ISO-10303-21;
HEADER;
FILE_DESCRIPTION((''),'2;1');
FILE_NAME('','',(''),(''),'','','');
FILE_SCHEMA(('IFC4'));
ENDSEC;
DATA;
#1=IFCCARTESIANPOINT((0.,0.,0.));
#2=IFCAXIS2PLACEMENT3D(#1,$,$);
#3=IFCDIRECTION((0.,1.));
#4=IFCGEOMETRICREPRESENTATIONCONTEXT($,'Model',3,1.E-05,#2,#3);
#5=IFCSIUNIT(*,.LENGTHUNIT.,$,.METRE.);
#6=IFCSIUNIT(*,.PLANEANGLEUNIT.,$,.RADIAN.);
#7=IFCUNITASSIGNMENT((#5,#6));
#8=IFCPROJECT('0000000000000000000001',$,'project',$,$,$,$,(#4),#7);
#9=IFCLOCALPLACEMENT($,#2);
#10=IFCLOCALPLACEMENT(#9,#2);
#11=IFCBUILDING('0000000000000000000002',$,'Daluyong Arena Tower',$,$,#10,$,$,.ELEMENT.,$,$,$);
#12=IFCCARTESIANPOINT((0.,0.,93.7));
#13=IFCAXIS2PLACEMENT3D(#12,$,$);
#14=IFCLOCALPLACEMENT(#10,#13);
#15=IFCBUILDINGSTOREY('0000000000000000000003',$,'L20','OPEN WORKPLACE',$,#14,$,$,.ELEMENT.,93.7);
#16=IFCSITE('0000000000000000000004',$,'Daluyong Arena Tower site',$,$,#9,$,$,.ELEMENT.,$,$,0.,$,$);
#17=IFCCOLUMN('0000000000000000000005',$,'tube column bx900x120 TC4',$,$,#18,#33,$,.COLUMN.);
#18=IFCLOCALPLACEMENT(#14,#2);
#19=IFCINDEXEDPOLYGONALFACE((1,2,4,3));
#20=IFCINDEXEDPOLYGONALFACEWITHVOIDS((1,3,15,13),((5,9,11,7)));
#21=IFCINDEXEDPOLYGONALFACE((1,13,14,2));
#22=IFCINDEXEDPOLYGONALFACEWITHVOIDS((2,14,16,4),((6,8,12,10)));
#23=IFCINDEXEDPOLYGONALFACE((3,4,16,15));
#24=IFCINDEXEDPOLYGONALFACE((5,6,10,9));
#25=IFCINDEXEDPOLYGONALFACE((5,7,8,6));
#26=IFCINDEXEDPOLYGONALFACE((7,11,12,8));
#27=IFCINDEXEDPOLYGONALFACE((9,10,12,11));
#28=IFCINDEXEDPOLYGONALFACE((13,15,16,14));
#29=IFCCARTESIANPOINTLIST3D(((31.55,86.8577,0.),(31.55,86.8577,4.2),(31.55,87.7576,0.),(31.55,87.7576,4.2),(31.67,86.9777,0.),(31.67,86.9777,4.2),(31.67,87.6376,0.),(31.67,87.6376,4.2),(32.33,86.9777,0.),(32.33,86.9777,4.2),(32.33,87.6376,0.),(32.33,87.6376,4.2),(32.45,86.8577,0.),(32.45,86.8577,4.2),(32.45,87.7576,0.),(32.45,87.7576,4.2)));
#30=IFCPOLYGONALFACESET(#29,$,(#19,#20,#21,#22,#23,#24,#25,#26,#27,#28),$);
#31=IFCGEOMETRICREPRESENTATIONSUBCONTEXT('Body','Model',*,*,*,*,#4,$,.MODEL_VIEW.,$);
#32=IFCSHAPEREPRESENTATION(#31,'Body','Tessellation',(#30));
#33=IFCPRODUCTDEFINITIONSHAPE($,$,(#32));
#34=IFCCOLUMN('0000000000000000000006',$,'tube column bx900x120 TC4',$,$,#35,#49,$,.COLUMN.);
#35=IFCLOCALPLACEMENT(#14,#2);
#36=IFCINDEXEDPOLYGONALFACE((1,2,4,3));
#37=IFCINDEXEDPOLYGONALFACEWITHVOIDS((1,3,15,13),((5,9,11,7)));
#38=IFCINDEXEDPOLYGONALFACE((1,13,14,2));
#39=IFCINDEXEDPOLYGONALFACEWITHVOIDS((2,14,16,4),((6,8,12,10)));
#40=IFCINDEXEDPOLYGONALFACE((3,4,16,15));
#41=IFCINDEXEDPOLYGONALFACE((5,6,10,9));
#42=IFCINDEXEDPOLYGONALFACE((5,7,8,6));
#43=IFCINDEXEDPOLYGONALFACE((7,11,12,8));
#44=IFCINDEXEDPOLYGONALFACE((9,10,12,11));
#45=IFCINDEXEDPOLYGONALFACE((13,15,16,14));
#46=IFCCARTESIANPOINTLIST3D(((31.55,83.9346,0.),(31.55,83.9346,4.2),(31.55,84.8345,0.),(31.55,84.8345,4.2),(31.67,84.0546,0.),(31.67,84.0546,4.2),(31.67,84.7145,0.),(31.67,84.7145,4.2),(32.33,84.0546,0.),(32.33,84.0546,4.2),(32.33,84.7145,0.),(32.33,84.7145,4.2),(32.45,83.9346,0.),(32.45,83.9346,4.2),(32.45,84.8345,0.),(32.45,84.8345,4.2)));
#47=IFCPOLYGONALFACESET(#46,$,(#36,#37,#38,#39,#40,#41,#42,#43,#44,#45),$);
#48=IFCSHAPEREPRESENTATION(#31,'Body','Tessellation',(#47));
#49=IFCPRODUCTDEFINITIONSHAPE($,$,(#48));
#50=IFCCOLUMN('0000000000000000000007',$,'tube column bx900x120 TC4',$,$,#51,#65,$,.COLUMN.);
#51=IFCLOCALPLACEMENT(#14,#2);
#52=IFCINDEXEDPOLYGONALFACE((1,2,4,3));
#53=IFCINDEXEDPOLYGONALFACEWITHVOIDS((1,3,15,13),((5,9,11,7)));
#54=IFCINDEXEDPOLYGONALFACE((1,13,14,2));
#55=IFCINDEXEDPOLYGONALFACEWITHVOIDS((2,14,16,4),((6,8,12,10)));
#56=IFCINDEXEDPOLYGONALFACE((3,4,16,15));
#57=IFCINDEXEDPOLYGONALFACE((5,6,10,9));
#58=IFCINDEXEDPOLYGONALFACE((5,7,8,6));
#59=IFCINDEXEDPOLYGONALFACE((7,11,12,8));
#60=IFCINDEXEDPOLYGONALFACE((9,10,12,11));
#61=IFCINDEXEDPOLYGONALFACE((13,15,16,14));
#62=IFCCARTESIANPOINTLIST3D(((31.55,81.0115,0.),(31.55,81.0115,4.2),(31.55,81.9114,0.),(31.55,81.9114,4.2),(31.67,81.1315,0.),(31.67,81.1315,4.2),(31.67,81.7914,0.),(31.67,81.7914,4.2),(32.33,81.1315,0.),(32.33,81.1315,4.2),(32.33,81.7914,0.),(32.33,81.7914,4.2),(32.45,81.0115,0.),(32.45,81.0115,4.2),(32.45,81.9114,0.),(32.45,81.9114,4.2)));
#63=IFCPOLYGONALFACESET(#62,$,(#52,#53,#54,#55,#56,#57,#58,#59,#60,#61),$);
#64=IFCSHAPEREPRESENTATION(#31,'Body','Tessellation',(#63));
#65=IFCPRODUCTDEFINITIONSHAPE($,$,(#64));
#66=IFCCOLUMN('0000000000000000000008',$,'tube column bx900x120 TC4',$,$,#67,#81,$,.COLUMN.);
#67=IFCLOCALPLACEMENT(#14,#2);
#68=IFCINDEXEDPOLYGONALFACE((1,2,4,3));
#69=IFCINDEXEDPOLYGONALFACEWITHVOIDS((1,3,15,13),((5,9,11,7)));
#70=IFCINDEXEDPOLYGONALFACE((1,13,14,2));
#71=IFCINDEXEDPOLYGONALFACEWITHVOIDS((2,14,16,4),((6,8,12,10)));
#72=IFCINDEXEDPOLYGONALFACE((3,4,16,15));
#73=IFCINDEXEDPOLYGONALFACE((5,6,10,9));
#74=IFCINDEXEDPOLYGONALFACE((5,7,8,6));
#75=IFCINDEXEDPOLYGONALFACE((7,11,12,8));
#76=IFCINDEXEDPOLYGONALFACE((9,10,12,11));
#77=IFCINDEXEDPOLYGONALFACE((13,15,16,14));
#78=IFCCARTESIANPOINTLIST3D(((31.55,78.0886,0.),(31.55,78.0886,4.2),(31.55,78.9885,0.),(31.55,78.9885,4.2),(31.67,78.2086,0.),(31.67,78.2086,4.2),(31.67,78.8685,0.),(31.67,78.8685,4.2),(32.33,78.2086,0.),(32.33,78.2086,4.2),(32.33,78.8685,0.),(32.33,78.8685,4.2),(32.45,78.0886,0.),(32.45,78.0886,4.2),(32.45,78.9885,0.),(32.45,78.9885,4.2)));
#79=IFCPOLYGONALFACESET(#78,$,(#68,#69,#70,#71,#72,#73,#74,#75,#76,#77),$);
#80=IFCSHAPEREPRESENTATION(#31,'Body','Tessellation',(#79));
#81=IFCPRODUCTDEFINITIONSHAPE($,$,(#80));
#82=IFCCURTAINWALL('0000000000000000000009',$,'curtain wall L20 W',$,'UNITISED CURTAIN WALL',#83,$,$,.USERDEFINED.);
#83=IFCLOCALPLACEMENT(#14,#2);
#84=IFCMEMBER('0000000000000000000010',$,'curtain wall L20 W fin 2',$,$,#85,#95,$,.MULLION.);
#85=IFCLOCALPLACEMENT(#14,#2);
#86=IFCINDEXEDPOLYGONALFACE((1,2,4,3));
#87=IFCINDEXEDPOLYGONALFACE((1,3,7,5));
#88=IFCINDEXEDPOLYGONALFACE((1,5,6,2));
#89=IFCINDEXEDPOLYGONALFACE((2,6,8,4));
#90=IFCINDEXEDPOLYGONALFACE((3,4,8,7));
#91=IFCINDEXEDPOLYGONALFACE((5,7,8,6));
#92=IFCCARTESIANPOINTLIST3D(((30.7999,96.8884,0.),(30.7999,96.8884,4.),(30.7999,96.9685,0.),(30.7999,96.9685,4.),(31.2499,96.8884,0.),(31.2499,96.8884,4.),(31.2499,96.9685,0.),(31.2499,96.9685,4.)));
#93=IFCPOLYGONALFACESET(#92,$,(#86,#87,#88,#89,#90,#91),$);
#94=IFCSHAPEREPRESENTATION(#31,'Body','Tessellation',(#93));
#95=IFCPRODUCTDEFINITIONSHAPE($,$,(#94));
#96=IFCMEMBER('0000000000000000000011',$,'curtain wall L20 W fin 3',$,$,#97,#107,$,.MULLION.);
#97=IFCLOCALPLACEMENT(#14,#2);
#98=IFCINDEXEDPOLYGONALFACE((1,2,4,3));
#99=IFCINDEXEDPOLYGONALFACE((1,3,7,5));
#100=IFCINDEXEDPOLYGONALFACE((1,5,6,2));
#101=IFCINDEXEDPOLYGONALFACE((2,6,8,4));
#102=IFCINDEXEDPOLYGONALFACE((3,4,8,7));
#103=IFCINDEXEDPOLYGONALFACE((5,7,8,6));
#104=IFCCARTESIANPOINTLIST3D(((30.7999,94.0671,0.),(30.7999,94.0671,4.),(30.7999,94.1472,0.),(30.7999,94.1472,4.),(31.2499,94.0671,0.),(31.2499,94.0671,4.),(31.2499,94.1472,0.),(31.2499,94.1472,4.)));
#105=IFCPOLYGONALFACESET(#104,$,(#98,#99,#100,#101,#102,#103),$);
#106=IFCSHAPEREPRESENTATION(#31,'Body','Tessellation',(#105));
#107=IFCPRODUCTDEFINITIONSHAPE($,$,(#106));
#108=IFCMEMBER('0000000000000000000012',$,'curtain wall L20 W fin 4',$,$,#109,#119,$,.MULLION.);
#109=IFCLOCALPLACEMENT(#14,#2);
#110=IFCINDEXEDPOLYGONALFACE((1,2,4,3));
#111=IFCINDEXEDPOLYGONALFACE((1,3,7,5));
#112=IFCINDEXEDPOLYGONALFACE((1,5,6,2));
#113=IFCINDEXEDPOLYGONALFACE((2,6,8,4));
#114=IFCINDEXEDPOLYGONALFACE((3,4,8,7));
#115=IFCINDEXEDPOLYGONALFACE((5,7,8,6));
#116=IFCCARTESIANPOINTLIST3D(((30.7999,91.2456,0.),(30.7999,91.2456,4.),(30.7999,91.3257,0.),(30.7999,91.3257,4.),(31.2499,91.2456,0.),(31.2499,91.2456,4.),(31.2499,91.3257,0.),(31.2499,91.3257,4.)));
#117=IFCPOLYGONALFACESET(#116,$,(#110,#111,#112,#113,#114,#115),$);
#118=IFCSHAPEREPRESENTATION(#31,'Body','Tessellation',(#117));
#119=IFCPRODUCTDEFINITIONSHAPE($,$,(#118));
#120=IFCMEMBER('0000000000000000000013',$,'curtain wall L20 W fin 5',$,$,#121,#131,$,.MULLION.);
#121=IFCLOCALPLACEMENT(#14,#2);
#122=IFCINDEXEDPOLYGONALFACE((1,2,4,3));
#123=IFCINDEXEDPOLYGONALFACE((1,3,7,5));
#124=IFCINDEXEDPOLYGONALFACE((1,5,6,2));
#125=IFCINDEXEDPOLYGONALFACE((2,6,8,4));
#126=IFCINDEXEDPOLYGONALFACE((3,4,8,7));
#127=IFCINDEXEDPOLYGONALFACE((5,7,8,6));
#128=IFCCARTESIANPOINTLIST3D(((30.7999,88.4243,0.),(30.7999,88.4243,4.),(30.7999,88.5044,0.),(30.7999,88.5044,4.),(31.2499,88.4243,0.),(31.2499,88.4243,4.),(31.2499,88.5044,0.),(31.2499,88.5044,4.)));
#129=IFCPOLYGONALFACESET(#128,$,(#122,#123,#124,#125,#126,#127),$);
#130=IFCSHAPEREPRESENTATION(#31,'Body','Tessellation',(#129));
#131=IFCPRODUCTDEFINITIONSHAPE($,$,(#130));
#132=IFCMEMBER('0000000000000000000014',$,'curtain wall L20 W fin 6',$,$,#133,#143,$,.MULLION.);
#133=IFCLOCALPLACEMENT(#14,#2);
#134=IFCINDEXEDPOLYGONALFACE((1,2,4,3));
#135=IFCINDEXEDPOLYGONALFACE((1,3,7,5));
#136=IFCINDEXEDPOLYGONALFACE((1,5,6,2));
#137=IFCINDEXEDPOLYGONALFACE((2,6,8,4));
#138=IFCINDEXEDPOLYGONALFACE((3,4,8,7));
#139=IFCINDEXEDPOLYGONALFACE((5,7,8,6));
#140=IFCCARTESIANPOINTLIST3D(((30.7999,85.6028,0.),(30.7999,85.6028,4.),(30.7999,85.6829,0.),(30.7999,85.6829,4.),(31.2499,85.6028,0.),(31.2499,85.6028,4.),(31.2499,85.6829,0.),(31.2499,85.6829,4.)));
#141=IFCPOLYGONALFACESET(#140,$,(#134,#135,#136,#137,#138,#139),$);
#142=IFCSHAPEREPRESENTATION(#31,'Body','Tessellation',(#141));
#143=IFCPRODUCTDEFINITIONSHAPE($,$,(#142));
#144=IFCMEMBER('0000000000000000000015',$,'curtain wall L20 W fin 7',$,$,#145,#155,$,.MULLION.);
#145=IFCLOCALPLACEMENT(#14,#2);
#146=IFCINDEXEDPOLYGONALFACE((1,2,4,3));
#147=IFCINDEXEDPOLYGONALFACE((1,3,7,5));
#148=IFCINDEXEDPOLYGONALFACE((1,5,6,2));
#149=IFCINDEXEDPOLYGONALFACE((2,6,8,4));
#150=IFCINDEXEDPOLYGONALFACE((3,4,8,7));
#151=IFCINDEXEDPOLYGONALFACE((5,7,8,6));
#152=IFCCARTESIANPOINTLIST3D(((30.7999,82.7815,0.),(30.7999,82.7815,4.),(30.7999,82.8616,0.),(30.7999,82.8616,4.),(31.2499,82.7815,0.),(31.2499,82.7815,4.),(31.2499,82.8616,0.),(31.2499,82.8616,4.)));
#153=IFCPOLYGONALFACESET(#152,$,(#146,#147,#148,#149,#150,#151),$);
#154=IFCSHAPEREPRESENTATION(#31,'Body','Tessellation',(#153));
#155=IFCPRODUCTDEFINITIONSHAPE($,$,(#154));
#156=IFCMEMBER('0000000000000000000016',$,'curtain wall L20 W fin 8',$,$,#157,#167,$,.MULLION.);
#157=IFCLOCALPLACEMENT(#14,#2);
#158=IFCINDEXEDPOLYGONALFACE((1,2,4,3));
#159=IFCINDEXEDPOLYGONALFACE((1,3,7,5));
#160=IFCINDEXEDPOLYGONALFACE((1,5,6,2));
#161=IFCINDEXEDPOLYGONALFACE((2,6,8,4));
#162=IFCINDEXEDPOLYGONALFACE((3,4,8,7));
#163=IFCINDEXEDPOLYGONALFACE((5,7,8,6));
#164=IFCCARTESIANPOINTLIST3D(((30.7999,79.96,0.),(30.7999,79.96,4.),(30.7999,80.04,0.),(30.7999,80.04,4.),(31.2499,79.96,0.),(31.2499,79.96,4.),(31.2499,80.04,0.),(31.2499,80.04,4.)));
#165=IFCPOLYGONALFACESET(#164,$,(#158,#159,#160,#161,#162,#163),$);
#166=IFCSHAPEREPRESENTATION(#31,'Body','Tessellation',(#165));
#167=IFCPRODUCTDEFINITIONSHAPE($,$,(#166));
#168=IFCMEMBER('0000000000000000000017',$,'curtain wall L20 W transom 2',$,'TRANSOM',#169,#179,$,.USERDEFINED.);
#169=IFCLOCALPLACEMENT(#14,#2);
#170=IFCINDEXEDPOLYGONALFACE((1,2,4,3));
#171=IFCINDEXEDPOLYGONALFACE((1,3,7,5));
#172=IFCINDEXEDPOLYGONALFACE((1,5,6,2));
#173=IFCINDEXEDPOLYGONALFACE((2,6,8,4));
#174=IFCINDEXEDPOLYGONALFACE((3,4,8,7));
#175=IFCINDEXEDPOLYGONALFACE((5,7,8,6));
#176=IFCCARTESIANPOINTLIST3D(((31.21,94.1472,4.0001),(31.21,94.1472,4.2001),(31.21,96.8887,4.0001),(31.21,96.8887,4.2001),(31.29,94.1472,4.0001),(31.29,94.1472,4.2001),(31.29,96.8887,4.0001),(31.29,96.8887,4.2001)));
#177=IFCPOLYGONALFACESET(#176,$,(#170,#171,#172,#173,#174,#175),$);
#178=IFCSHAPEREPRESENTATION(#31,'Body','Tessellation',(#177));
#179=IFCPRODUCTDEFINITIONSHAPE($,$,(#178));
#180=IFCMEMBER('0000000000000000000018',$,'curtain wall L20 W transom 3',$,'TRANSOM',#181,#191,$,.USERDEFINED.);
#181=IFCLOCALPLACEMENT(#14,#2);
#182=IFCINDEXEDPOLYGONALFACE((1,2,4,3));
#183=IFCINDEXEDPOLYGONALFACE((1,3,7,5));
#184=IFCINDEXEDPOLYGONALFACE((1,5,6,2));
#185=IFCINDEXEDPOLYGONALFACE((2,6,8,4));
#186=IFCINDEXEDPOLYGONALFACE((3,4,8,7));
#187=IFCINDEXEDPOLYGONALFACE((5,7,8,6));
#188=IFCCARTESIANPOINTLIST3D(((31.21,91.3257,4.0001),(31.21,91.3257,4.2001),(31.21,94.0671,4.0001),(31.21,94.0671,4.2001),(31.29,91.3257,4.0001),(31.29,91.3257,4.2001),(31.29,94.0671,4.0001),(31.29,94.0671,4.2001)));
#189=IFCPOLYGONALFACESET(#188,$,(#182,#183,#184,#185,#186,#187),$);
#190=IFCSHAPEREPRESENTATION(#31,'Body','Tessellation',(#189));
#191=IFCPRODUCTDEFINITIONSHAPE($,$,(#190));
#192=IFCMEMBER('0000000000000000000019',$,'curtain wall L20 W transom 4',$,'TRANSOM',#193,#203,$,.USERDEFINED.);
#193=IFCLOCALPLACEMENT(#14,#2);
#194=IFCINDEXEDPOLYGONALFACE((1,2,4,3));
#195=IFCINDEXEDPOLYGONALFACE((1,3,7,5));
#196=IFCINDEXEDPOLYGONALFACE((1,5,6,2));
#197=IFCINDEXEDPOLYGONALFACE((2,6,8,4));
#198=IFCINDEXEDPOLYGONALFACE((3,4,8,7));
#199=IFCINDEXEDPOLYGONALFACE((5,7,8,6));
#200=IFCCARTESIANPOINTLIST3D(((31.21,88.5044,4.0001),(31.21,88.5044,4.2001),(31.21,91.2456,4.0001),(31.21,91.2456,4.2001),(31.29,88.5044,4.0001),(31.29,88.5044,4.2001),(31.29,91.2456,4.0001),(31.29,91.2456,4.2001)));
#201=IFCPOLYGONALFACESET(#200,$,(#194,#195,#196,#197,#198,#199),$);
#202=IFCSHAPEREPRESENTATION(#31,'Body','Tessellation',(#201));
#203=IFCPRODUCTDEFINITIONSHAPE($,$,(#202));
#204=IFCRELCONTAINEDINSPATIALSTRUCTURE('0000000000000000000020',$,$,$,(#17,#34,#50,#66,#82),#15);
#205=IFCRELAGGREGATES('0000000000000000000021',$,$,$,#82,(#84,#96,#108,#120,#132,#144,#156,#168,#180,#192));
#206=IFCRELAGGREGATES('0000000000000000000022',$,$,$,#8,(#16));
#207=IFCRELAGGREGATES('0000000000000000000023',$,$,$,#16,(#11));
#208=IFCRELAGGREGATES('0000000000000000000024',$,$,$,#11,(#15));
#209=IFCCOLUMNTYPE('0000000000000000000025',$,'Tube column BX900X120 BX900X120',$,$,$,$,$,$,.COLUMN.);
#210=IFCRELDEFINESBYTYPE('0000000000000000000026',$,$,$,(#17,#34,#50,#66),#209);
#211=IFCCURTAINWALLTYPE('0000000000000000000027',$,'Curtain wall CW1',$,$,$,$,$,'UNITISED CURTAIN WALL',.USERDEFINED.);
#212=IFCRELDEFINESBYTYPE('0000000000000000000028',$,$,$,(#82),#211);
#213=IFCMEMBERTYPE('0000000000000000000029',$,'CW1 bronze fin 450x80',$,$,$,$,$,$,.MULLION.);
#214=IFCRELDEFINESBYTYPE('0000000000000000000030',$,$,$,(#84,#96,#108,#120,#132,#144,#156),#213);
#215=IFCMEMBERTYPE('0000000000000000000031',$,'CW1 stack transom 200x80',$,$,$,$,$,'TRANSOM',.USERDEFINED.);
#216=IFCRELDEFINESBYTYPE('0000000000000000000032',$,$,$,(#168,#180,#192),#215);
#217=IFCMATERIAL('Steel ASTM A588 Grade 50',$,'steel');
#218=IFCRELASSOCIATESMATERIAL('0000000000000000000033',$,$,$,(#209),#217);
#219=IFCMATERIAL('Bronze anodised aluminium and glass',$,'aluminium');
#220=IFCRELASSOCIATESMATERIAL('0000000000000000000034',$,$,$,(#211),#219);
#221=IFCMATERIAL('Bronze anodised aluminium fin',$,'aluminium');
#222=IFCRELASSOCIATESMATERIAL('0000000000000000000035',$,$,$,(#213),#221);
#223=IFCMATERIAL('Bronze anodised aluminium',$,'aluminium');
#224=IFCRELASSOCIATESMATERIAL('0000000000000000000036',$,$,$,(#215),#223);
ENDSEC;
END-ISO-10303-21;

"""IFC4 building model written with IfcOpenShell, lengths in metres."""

from ifc_helpers import new_model, si_unit, direction, frame, origin, origin_2d, place, context, subcontext, project, spatial, rectangle, hollow_rectangle, extrude, material, material_profile, profile_set, type_object, element, aggregate, save


model = new_model("IFC4")

# Units and contexts
model_context = context("Model", 3, precision=1e-05, world=origin(), true_north=direction((0.0, 1.0)))
body_context = subcontext(model_context, "Body", "Model", "MODEL_VIEW")
ifc_project = project(units=[si_unit("LENGTHUNIT", "METRE"), si_unit("PLANEANGLEUNIT", "RADIAN")], contexts=[model_context])

# Site, building, storey
site_placement = place(None, origin())
site = spatial("IfcSite", under=ifc_project, at=site_placement, Name="Daluyong Arena Tower site", CompositionType="ELEMENT", RefElevation=0.0)
building_placement = place(site_placement, origin())
building = spatial("IfcBuilding", under=site, at=building_placement, Name="Daluyong Arena Tower", CompositionType="ELEMENT")
storey_placement = place(building_placement, frame((0.0, 0.0, 93.7)))
storey = spatial("IfcBuildingStorey", under=building, at=storey_placement, Name="L20", Description="OPEN WORKPLACE", CompositionType="ELEMENT", Elevation=93.7)

# Columns
ifc_material_1 = material(Name="Steel ASTM A588 Grade 50", Category="steel")
ifc_material_profile_1 = material_profile(ifc_material_1, hollow_rectangle(XDim=0.8999, YDim=0.8999, WallThickness=0.12, at=origin_2d()))
ifc_profile_set_1 = profile_set([ifc_material_profile_1], Name="Steel ASTM A588 Grade 50")
column_type = type_object("IfcColumnType", Name="Tube column BX900X120 BX900X120", PredefinedType="COLUMN", material=ifc_profile_set_1)
for number, where, z_axis, x_axis, name in (
    (1, (32.0, 87.3076, 0.0), (0.0, 0.0, 1.0), (0.0, 1.0, 0.0), "tube column bx900x120 TC4"),
    (2, (32.0, 84.3845, 0.0), (0.0, 0.0, 1.0), (0.0, 1.0, 0.0), "tube column bx900x120 TC4"),
    (3, (32.0, 81.4614, 0.0), (0.0, 0.0, 1.0), (0.0, 1.0, 0.0), "tube column bx900x120 TC4"),
    (4, (32.0, 78.5386, 0.0), (0.0, 0.0, 1.0), (0.0, 1.0, 0.0), "tube column bx900x120 TC4"),
):
    element("IfcColumn", number, at=place(storey_placement, frame(where, z_axis=z_axis, x_axis=x_axis)), inside=storey, type_object=column_type, Name=name, PredefinedType="COLUMN", context=body_context, shape_type="SweptSolid", body=[
        extrude(hollow_rectangle(XDim=0.8999, YDim=0.8999, WallThickness=0.12, at=origin_2d()), origin(), (0.0, 0.0, 1.0), 4.2),
    ])

# Curtain wall, members
ifc_material_2 = material(Name="Bronze anodised aluminium and glass", Category="aluminium")
curtain_wall_type = type_object("IfcCurtainWallType", Name="Curtain wall CW1", ElementType="UNITISED CURTAIN WALL", PredefinedType="USERDEFINED", material=ifc_material_2)
curtain_wall_placement = place(storey_placement, origin())
curtain_wall = element("IfcCurtainWall", 5, at=curtain_wall_placement, inside=storey, type_object=curtain_wall_type, Name="curtain wall L20 W", ObjectType="UNITISED CURTAIN WALL", PredefinedType="USERDEFINED")
ifc_material_3 = material(Name="Bronze anodised aluminium fin", Category="aluminium")
ifc_material_profile_2 = material_profile(ifc_material_3, rectangle(XDim=0.45, YDim=0.0801, at=origin_2d()))
ifc_profile_set_2 = profile_set([ifc_material_profile_2], Name="Bronze anodised aluminium fin")
member_type_1 = type_object("IfcMemberType", Name="CW1 bronze fin 450x80", PredefinedType="MULLION", material=ifc_profile_set_2)
member_1_placement = place(storey_placement, frame((31.0249, 96.9285, 0.0), z_axis=(0.0, 0.0, 1.0), x_axis=(1.0, 0.0, 0.0)))
member_1 = element("IfcMember", 6, at=member_1_placement, type_object=member_type_1, Name="curtain wall L20 W fin 2", PredefinedType="MULLION", context=body_context, shape_type="SweptSolid", body=[
    extrude(rectangle(XDim=0.45, YDim=0.0801, at=origin_2d()), origin(), (0.0, 0.0, 1.0), 4.0),
])
member_2_placement = place(storey_placement, frame((31.0249, 94.1072, 0.0), z_axis=(0.0, 0.0, 1.0), x_axis=(1.0, 0.0, 0.0)))
member_2 = element("IfcMember", 7, at=member_2_placement, type_object=member_type_1, Name="curtain wall L20 W fin 3", PredefinedType="MULLION", context=body_context, shape_type="SweptSolid", body=[
    extrude(rectangle(XDim=0.45, YDim=0.0801, at=origin_2d()), origin(), (0.0, 0.0, 1.0), 4.0),
])
member_3_placement = place(storey_placement, frame((31.0249, 91.2856, 0.0), z_axis=(0.0, 0.0, 1.0), x_axis=(1.0, 0.0, 0.0)))
member_3 = element("IfcMember", 8, at=member_3_placement, type_object=member_type_1, Name="curtain wall L20 W fin 4", PredefinedType="MULLION", context=body_context, shape_type="SweptSolid", body=[
    extrude(rectangle(XDim=0.45, YDim=0.0801, at=origin_2d()), origin(), (0.0, 0.0, 1.0), 4.0),
])
member_4_placement = place(storey_placement, frame((31.0249, 88.4644, 0.0), z_axis=(0.0, 0.0, 1.0), x_axis=(1.0, 0.0, 0.0)))
member_4 = element("IfcMember", 9, at=member_4_placement, type_object=member_type_1, Name="curtain wall L20 W fin 5", PredefinedType="MULLION", context=body_context, shape_type="SweptSolid", body=[
    extrude(rectangle(XDim=0.45, YDim=0.0801, at=origin_2d()), origin(), (0.0, 0.0, 1.0), 4.0),
])
member_5_placement = place(storey_placement, frame((31.0249, 85.6428, 0.0), z_axis=(0.0, 0.0, 1.0), x_axis=(1.0, 0.0, 0.0)))
member_5 = element("IfcMember", 10, at=member_5_placement, type_object=member_type_1, Name="curtain wall L20 W fin 6", PredefinedType="MULLION", context=body_context, shape_type="SweptSolid", body=[
    extrude(rectangle(XDim=0.45, YDim=0.0801, at=origin_2d()), origin(), (0.0, 0.0, 1.0), 4.0),
])
member_6_placement = place(storey_placement, frame((31.0249, 82.8215, 0.0), z_axis=(0.0, 0.0, 1.0), x_axis=(1.0, 0.0, 0.0)))
member_6 = element("IfcMember", 11, at=member_6_placement, type_object=member_type_1, Name="curtain wall L20 W fin 7", PredefinedType="MULLION", context=body_context, shape_type="SweptSolid", body=[
    extrude(rectangle(XDim=0.45, YDim=0.0801, at=origin_2d()), origin(), (0.0, 0.0, 1.0), 4.0),
])
member_7_placement = place(storey_placement, frame((31.0249, 80.0, 0.0), z_axis=(0.0, 0.0, 1.0), x_axis=(1.0, 0.0, 0.0)))
member_7 = element("IfcMember", 12, at=member_7_placement, type_object=member_type_1, Name="curtain wall L20 W fin 8", PredefinedType="MULLION", context=body_context, shape_type="SweptSolid", body=[
    extrude(rectangle(XDim=0.45, YDim=0.0801, at=origin_2d()), origin(), (0.0, 0.0, 1.0), 4.0),
])
ifc_material_4 = material(Name="Bronze anodised aluminium", Category="aluminium")
ifc_material_profile_3 = material_profile(ifc_material_4, rectangle(XDim=0.0801, YDim=0.2, at=origin_2d()))
ifc_profile_set_3 = profile_set([ifc_material_profile_3], Name="Bronze anodised aluminium")
member_type_2 = type_object("IfcMemberType", Name="CW1 stack transom 200x80", ElementType="TRANSOM", PredefinedType="USERDEFINED", material=ifc_profile_set_3)
member_8_placement = place(storey_placement, frame((31.25, 96.8887, 4.1001), z_axis=(0.0, -1.0, 0.0), x_axis=(1.0, 0.0, 0.0)))
member_8 = element("IfcMember", 13, at=member_8_placement, type_object=member_type_2, Name="curtain wall L20 W transom 2", ObjectType="TRANSOM", PredefinedType="USERDEFINED", context=body_context, shape_type="SweptSolid", body=[
    extrude(rectangle(XDim=0.0801, YDim=0.2, at=origin_2d()), origin(), (0.0, 0.0, 1.0), 2.7415),
])
member_9_placement = place(storey_placement, frame((31.25, 94.0671, 4.1001), z_axis=(0.0, -1.0, 0.0), x_axis=(1.0, 0.0, 0.0)))
member_9 = element("IfcMember", 14, at=member_9_placement, type_object=member_type_2, Name="curtain wall L20 W transom 3", ObjectType="TRANSOM", PredefinedType="USERDEFINED", context=body_context, shape_type="SweptSolid", body=[
    extrude(rectangle(XDim=0.0801, YDim=0.2, at=origin_2d()), origin(), (0.0, 0.0, 1.0), 2.7415),
])
member_10_placement = place(storey_placement, frame((31.25, 91.2456, 4.1001), z_axis=(0.0, -1.0, 0.0), x_axis=(1.0, 0.0, 0.0)))
member_10 = element("IfcMember", 15, at=member_10_placement, type_object=member_type_2, Name="curtain wall L20 W transom 4", ObjectType="TRANSOM", PredefinedType="USERDEFINED", context=body_context, shape_type="SweptSolid", body=[
    extrude(rectangle(XDim=0.0801, YDim=0.2, at=origin_2d()), origin(), (0.0, 0.0, 1.0), 2.7412),
])

aggregate(curtain_wall, [member_1, member_2, member_3, member_4, member_5, member_6, member_7, member_8, member_9, member_10])

save(model, "model.ifc")
